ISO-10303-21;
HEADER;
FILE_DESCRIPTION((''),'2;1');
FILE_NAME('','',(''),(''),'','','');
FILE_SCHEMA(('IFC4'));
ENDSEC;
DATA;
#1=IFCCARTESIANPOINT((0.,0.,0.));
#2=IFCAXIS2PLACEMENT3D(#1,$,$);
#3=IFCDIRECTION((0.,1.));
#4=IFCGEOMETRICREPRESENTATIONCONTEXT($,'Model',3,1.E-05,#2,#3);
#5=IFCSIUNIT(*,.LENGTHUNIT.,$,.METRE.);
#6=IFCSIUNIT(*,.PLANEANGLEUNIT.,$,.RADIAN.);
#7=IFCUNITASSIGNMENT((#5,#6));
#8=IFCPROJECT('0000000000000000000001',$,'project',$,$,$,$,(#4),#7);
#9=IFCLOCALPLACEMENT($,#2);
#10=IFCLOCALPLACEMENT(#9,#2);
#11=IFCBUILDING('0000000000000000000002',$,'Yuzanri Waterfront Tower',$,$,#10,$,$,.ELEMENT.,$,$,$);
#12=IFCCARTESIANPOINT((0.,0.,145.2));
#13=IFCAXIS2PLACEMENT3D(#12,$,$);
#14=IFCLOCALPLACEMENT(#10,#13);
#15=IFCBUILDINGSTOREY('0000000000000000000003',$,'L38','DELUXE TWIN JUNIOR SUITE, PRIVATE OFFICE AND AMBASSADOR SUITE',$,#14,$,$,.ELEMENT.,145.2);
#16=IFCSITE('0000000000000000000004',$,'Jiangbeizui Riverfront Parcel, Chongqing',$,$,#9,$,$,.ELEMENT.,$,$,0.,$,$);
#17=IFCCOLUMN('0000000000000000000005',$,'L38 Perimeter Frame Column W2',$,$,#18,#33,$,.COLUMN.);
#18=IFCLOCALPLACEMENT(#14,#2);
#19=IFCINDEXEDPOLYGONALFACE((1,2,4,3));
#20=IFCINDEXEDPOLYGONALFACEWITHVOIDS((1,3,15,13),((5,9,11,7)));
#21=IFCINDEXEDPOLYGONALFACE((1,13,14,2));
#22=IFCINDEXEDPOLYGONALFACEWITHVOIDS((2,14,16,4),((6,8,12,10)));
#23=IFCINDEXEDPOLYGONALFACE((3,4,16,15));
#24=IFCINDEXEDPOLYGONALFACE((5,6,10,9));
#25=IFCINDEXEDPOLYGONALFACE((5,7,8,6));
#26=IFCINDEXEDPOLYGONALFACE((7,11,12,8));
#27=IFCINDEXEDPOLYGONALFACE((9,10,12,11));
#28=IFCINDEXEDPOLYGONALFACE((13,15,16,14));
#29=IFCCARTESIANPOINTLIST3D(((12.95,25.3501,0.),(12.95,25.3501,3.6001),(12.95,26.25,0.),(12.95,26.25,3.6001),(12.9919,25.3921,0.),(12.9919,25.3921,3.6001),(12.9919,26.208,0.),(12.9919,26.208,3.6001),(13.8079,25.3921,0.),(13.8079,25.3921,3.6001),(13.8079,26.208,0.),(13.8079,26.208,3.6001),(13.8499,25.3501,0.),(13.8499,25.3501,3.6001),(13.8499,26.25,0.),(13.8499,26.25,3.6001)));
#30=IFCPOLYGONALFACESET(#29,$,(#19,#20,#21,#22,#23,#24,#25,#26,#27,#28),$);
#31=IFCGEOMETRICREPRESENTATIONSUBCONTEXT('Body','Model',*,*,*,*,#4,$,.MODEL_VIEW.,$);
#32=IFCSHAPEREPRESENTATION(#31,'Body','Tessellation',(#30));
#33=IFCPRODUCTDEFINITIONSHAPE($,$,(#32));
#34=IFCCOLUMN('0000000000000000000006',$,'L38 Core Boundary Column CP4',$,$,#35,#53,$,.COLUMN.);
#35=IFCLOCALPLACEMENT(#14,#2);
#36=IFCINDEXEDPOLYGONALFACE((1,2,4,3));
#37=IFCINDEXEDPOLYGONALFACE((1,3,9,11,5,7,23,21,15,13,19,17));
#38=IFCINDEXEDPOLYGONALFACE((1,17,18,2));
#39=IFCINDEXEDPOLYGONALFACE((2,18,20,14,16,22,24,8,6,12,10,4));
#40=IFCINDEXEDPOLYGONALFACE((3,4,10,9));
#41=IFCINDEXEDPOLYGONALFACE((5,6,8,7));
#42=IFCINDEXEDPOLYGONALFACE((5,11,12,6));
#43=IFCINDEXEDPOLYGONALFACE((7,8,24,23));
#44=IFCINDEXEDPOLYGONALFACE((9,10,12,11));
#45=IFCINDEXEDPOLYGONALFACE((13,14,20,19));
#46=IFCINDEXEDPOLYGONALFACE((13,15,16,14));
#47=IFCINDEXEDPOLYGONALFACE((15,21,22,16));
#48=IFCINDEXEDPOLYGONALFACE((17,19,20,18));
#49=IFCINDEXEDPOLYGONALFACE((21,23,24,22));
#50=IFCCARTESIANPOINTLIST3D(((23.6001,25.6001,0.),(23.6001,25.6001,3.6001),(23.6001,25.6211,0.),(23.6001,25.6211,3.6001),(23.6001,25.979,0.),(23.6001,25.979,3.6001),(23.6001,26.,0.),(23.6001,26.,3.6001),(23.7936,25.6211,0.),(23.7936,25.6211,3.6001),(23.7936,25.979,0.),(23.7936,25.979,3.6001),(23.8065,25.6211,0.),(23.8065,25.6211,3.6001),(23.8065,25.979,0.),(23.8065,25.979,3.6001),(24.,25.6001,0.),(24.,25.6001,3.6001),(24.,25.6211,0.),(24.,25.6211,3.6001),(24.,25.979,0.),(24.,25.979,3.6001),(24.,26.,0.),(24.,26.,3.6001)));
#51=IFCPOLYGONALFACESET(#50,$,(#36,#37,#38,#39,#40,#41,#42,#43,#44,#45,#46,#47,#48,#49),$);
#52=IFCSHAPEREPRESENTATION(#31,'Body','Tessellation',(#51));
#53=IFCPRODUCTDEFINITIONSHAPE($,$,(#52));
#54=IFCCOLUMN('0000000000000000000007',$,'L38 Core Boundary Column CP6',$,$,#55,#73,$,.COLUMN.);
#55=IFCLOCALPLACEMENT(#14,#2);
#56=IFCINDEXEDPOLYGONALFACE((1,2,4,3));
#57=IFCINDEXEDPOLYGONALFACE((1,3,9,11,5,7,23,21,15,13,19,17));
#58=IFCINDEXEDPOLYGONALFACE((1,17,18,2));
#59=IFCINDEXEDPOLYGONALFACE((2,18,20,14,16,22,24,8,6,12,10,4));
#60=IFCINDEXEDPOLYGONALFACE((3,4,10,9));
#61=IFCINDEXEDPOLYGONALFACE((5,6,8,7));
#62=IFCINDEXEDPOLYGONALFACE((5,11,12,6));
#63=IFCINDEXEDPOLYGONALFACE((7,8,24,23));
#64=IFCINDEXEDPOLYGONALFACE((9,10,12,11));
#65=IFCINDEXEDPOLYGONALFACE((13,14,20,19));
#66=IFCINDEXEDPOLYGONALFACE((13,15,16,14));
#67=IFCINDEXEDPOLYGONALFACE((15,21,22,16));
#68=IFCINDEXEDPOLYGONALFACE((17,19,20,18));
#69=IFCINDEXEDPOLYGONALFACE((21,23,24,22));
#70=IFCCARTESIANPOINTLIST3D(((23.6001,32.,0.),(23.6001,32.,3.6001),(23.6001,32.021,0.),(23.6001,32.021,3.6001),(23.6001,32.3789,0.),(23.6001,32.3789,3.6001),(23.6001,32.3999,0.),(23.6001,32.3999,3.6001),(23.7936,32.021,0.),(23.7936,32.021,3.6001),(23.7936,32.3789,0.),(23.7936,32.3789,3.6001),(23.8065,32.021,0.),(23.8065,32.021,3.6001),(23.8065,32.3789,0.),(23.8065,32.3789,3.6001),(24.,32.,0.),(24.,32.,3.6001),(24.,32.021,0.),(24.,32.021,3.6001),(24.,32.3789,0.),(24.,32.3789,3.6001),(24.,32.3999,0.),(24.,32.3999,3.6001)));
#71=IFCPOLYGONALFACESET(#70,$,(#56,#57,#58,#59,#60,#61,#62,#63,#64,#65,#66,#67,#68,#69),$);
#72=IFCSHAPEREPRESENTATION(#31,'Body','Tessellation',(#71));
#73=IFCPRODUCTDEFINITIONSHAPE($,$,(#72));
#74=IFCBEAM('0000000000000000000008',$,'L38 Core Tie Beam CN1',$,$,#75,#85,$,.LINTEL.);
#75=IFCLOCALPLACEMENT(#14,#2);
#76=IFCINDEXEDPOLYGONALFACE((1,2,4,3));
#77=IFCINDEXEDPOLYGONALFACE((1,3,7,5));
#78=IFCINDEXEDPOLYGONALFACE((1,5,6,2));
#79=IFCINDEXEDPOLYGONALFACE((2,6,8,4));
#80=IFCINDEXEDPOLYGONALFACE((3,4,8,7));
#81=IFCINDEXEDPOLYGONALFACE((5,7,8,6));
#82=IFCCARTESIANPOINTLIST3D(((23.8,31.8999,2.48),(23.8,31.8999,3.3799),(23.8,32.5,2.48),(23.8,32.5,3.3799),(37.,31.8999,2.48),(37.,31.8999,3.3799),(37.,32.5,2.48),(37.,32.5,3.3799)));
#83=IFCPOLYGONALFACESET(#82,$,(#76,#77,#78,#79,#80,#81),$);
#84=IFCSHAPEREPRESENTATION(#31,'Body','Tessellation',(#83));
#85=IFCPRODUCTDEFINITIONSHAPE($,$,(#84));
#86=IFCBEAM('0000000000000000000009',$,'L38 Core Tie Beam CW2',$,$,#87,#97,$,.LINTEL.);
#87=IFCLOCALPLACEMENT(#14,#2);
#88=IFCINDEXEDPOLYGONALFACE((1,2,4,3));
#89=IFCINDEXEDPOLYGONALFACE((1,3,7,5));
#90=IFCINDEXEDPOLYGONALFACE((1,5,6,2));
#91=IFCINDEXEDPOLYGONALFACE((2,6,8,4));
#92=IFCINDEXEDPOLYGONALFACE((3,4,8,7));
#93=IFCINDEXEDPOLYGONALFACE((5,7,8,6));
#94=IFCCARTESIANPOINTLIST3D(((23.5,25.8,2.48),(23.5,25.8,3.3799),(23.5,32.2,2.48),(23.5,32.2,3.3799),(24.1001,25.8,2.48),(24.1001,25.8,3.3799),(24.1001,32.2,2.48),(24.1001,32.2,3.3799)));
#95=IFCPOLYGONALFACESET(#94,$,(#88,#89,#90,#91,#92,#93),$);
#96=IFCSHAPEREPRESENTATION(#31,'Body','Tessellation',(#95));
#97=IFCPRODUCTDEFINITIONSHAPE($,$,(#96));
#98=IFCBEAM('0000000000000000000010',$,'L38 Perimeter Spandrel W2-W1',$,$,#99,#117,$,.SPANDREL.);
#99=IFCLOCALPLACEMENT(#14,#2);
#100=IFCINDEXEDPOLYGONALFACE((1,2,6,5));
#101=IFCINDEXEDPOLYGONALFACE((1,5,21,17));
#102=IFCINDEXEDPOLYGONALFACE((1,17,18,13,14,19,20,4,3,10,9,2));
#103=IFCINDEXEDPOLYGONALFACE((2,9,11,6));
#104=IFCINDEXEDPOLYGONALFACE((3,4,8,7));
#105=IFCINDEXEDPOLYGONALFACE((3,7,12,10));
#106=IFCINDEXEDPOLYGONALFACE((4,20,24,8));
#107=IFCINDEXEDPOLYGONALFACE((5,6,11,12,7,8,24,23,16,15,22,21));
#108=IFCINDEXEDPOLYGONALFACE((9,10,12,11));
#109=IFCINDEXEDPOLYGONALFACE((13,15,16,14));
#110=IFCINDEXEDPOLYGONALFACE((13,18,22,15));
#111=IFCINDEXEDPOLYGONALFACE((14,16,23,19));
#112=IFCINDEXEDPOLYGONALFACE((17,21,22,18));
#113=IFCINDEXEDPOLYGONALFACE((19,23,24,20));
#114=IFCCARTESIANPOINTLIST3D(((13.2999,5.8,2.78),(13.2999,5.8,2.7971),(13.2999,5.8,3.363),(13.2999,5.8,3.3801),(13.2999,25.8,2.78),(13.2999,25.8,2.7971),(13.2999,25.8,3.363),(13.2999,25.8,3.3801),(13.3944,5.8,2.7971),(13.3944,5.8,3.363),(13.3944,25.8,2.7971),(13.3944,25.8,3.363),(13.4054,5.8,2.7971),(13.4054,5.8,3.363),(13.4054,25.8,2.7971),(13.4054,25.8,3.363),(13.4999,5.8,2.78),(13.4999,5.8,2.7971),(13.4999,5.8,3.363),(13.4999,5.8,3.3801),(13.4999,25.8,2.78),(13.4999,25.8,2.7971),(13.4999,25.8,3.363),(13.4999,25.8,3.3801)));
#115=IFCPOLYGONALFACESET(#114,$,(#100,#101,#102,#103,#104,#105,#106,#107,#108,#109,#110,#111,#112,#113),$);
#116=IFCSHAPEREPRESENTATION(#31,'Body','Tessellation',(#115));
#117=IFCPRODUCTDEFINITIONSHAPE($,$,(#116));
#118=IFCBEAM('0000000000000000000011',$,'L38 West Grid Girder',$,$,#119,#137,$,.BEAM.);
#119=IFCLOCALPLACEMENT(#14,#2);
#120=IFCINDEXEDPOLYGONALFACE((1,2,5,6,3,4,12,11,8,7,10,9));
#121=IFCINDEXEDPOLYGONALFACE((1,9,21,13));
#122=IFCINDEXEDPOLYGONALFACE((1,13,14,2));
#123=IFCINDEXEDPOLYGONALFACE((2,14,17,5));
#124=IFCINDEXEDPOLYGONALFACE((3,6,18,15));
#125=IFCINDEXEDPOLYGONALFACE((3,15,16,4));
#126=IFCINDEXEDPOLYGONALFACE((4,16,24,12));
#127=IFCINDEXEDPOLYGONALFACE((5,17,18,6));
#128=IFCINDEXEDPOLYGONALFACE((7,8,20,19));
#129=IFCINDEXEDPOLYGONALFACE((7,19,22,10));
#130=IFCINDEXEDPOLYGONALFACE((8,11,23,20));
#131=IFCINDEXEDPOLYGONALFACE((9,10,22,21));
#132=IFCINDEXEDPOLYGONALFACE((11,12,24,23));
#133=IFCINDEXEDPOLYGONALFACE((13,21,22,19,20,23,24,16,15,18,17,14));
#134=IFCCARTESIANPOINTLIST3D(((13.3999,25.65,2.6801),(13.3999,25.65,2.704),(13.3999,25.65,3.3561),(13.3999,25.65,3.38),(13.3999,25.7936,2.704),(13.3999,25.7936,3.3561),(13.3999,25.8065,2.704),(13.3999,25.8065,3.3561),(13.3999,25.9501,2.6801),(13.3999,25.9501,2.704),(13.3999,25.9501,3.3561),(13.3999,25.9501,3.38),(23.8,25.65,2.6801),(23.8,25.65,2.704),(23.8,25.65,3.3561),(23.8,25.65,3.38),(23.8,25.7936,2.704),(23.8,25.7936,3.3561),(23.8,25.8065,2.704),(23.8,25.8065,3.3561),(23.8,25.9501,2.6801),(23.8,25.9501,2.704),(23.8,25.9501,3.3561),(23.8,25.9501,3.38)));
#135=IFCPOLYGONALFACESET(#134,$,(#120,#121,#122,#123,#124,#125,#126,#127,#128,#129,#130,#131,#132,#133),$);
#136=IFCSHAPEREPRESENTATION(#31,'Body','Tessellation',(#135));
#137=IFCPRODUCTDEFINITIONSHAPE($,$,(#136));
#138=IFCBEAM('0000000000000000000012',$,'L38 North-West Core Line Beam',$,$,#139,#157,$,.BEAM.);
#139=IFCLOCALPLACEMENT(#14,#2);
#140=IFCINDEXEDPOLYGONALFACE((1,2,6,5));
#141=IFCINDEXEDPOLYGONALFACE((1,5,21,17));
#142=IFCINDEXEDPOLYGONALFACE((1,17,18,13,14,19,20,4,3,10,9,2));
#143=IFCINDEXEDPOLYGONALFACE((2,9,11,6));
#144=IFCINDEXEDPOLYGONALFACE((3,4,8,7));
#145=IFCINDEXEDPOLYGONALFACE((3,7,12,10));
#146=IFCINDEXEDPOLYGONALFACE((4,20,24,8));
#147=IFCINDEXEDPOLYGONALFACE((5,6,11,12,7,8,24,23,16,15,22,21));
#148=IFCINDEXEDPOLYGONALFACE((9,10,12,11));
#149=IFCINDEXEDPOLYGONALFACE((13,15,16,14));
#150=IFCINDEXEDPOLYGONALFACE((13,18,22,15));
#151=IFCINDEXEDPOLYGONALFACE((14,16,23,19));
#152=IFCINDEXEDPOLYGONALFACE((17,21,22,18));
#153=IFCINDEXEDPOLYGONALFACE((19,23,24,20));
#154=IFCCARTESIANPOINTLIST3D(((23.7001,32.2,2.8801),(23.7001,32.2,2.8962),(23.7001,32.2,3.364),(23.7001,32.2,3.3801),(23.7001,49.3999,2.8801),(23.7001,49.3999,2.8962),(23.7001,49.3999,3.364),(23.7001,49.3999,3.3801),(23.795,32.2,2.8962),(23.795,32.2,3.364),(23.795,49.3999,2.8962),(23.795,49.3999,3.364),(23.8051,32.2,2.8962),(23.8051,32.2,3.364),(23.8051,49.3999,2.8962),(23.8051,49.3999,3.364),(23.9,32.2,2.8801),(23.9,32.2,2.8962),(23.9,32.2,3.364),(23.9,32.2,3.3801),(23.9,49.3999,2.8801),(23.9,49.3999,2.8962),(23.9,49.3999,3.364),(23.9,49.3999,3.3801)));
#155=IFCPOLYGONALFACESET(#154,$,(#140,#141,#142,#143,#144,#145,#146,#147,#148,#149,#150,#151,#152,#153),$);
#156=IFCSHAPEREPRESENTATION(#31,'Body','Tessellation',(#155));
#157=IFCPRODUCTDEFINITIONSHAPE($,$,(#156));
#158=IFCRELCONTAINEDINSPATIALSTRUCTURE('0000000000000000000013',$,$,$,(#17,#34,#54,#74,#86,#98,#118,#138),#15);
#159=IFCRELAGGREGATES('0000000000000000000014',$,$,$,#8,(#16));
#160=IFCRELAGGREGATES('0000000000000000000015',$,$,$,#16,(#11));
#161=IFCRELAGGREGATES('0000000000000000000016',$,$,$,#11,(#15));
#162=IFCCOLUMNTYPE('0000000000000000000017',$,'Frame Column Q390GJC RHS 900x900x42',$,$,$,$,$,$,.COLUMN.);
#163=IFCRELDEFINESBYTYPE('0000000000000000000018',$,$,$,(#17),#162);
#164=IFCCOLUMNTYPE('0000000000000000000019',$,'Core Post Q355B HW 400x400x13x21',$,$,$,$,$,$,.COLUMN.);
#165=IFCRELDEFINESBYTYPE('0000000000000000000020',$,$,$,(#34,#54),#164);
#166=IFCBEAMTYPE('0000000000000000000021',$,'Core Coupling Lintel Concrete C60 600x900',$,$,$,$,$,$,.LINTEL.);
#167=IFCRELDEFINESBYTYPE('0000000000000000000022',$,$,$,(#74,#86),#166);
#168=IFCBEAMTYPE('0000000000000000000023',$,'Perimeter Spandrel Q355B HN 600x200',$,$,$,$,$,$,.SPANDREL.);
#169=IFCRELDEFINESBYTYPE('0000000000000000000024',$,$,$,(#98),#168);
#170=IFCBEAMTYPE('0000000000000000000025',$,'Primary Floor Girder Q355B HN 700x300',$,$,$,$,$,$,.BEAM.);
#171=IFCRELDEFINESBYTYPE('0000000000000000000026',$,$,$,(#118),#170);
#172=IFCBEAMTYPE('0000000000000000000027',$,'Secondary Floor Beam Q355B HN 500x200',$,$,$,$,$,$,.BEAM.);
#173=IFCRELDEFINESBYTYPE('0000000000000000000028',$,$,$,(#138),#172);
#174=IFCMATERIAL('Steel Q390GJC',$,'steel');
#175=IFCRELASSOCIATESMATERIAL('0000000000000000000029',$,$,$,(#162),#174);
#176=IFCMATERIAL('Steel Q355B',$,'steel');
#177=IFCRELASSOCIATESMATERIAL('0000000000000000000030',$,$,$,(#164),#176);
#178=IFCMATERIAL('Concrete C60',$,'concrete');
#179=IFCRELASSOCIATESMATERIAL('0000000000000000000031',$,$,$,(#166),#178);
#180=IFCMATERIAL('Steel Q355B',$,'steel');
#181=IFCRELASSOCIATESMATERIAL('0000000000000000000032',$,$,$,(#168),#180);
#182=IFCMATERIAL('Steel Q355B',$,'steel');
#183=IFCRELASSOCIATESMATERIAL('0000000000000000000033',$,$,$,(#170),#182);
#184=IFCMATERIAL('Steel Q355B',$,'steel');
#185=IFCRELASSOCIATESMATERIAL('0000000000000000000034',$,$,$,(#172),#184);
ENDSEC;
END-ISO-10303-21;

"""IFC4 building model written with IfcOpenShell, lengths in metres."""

from ifc_helpers import new_model, si_unit, direction, frame, origin, origin_2d, place, context, subcontext, project, spatial, rectangle, hollow_rectangle, i_section, extrude, source, transform, mapped, material, material_profile, profile_set, type_object, element, save


model = new_model("IFC4")

# Units and contexts
model_context = context("Model", 3, precision=1e-05, world=origin(), true_north=direction((0.0, 1.0)))
body_context = subcontext(model_context, "Body", "Model", "MODEL_VIEW")
ifc_project = project(units=[si_unit("LENGTHUNIT", "METRE"), si_unit("PLANEANGLEUNIT", "RADIAN")], contexts=[model_context])

# Site, building, storey
site_placement = place(None, origin())
site = spatial("IfcSite", under=ifc_project, at=site_placement, Name="Jiangbeizui Riverfront Parcel, Chongqing", CompositionType="ELEMENT", RefElevation=0.0)
building_placement = place(site_placement, origin())
building = spatial("IfcBuilding", under=site, at=building_placement, Name="Yuzanri Waterfront Tower", CompositionType="ELEMENT")
storey_placement = place(building_placement, frame((0.0, 0.0, 145.2)))
storey = spatial("IfcBuildingStorey", under=building, at=storey_placement, Name="L38", Description="DELUXE TWIN JUNIOR SUITE, PRIVATE OFFICE AND AMBASSADOR SUITE", CompositionType="ELEMENT", Elevation=145.2)

# Columns
ifc_material_1 = material(Name="Steel Q390GJC", Category="steel")
ifc_material_profile_1 = material_profile(ifc_material_1, hollow_rectangle(XDim=0.8999, YDim=0.8999, WallThickness=0.042, at=origin_2d()), Name="RHS 900x900x42")
ifc_profile_set_1 = profile_set([ifc_material_profile_1], Name="Steel Q390GJC")
column_type_1 = type_object("IfcColumnType", Name="Frame Column Q390GJC RHS 900x900x42", PredefinedType="COLUMN", material=ifc_profile_set_1)
shared_shape_1 = source(origin(), body_context, "Body", "SweptSolid", [
    extrude(hollow_rectangle(XDim=0.8999, YDim=0.8999, WallThickness=0.042, at=origin_2d()), origin(), (0.0, 0.0, 1.0), 3.6001),
])
column_placement = place(storey_placement, frame((13.3999, 25.8, 0.0), z_axis=(0.0, 0.0, 1.0), x_axis=(1.0, 0.0, 0.0)))
element("IfcColumn", 1, at=column_placement, inside=storey, type_object=column_type_1, Name="L38 Perimeter Frame Column W2", PredefinedType="COLUMN", context=body_context, shape_type="MappedRepresentation", body=[
    mapped(shared_shape_1, transform((0.0, 0.0, 0.0), scale=1.0)),
])
ifc_material_2 = material(Name="Steel Q355B", Category="steel")
ifc_material_profile_2 = material_profile(ifc_material_2, i_section(OverallWidth=0.3999, OverallDepth=0.3999, WebThickness=0.0129, FlangeThickness=0.021, at=origin_2d()), Name="HW 400x400x13x21")
ifc_profile_set_2 = profile_set([ifc_material_profile_2], Name="Steel Q355B")
column_type_2 = type_object("IfcColumnType", Name="Core Post Q355B HW 400x400x13x21", PredefinedType="COLUMN", material=ifc_profile_set_2)
shared_shape_2 = source(origin(), body_context, "Body", "SweptSolid", [
    extrude(i_section(OverallWidth=0.3999, OverallDepth=0.3999, WebThickness=0.0129, FlangeThickness=0.021, at=origin_2d()), origin(), (0.0, 0.0, 1.0), 3.6001),
])
for number, where, z_axis, x_axis, name in (
    (2, (23.8, 25.8, 0.0), (0.0, 0.0, 1.0), (1.0, 0.0, 0.0), "L38 Core Boundary Column CP4"),
    (3, (23.8, 32.2, 0.0), (0.0, 0.0, 1.0), (1.0, 0.0, 0.0), "L38 Core Boundary Column CP6"),
):
    element("IfcColumn", number, at=place(storey_placement, frame(where, z_axis=z_axis, x_axis=x_axis)), inside=storey, type_object=column_type_2, Name=name, PredefinedType="COLUMN", context=body_context, shape_type="MappedRepresentation", body=[
        mapped(shared_shape_2, transform((0.0, 0.0, 0.0), scale=1.0)),
    ])

# Beams
ifc_material_3 = material(Name="Concrete C60", Category="concrete")
ifc_material_profile_3 = material_profile(ifc_material_3, rectangle(XDim=0.6001, YDim=0.8999, at=origin_2d()), Name="RC 600x900")
ifc_profile_set_3 = profile_set([ifc_material_profile_3], Name="Concrete C60")
beam_type_1 = type_object("IfcBeamType", Name="Core Coupling Lintel Concrete C60 600x900", PredefinedType="LINTEL", material=ifc_profile_set_3)
shared_shape_3 = source(origin(), body_context, "Body", "SweptSolid", [
    extrude(rectangle(XDim=0.6001, YDim=0.8999, at=origin_2d()), origin(), (0.0, 0.0, 1.0), 13.2),
])
beam_1_placement = place(storey_placement, frame((23.8, 32.2, 2.9299), z_axis=(1.0, 0.0, 0.0), x_axis=(0.0, 1.0, 0.0)))
element("IfcBeam", 4, at=beam_1_placement, inside=storey, type_object=beam_type_1, Name="L38 Core Tie Beam CN1", PredefinedType="LINTEL", context=body_context, shape_type="MappedRepresentation", body=[
    mapped(shared_shape_3, transform((0.0, 0.0, 0.0), scale=1.0)),
])
shared_shape_4 = source(origin(), body_context, "Body", "SweptSolid", [
    extrude(rectangle(XDim=0.6001, YDim=0.8999, at=origin_2d()), origin(), (0.0, 0.0, 1.0), 6.3999),
])
beam_2_placement = place(storey_placement, frame((23.8, 25.8, 2.9299), z_axis=(0.0, 1.0, 0.0), x_axis=(-1.0, 0.0, 0.0)))
element("IfcBeam", 5, at=beam_2_placement, inside=storey, type_object=beam_type_1, Name="L38 Core Tie Beam CW2", PredefinedType="LINTEL", context=body_context, shape_type="MappedRepresentation", body=[
    mapped(shared_shape_4, transform((0.0, 0.0, 0.0), scale=1.0)),
])
ifc_material_4 = material(Name="Steel Q355B", Category="steel")
ifc_material_profile_4 = material_profile(ifc_material_4, i_section(OverallWidth=0.2, OverallDepth=0.6001, WebThickness=0.011, FlangeThickness=0.0171, at=origin_2d()), Name="HN 600x200x11x17")
ifc_profile_set_4 = profile_set([ifc_material_profile_4], Name="Steel Q355B")
beam_type_2 = type_object("IfcBeamType", Name="Perimeter Spandrel Q355B HN 600x200", PredefinedType="SPANDREL", material=ifc_profile_set_4)
shared_shape_5 = source(origin(), body_context, "Body", "SweptSolid", [
    extrude(i_section(OverallWidth=0.2, OverallDepth=0.6001, WebThickness=0.011, FlangeThickness=0.0171, at=origin_2d()), origin(), (0.0, 0.0, 1.0), 20.0),
])
beam_3_placement = place(storey_placement, frame((13.3999, 25.8, 3.0801), z_axis=(0.0, -1.0, 0.0), x_axis=(1.0, 0.0, 0.0)))
element("IfcBeam", 6, at=beam_3_placement, inside=storey, type_object=beam_type_2, Name="L38 Perimeter Spandrel W2-W1", PredefinedType="SPANDREL", context=body_context, shape_type="MappedRepresentation", body=[
    mapped(shared_shape_5, transform((0.0, 0.0, 0.0), scale=1.0)),
])
ifc_material_5 = material(Name="Steel Q355B", Category="steel")
ifc_material_profile_5 = material_profile(ifc_material_5, i_section(OverallWidth=0.3, OverallDepth=0.7, WebThickness=0.0129, FlangeThickness=0.0239, at=origin_2d()), Name="HN 700x300x13x24")
ifc_profile_set_5 = profile_set([ifc_material_profile_5], Name="Steel Q355B")
beam_type_3 = type_object("IfcBeamType", Name="Primary Floor Girder Q355B HN 700x300", PredefinedType="BEAM", material=ifc_profile_set_5)
shared_shape_6 = source(origin(), body_context, "Body", "SweptSolid", [
    extrude(i_section(OverallWidth=0.3, OverallDepth=0.7, WebThickness=0.0129, FlangeThickness=0.0239, at=origin_2d()), origin(), (0.0, 0.0, 1.0), 10.4001),
])
beam_4_placement = place(storey_placement, frame((23.8, 25.8, 3.03), z_axis=(-1.0, 0.0, 0.0), x_axis=(0.0, -1.0, 0.0)))
element("IfcBeam", 7, at=beam_4_placement, inside=storey, type_object=beam_type_3, Name="L38 West Grid Girder", PredefinedType="BEAM", context=body_context, shape_type="MappedRepresentation", body=[
    mapped(shared_shape_6, transform((0.0, 0.0, 0.0), scale=1.0)),
])
ifc_material_6 = material(Name="Steel Q355B", Category="steel")
ifc_material_profile_6 = material_profile(ifc_material_6, i_section(OverallWidth=0.2, OverallDepth=0.5, WebThickness=0.01, FlangeThickness=0.0161, at=origin_2d()), Name="HN 500x200x10x16")
ifc_profile_set_6 = profile_set([ifc_material_profile_6], Name="Steel Q355B")
beam_type_4 = type_object("IfcBeamType", Name="Secondary Floor Beam Q355B HN 500x200", PredefinedType="BEAM", material=ifc_profile_set_6)
shared_shape_7 = source(origin(), body_context, "Body", "SweptSolid", [
    extrude(i_section(OverallWidth=0.2, OverallDepth=0.5, WebThickness=0.01, FlangeThickness=0.0161, at=origin_2d()), origin(), (0.0, 0.0, 1.0), 17.2),
])
beam_5_placement = place(storey_placement, frame((23.8, 32.2, 3.1301), z_axis=(0.0, 1.0, 0.0), x_axis=(-1.0, 0.0, 0.0)))
element("IfcBeam", 8, at=beam_5_placement, inside=storey, type_object=beam_type_4, Name="L38 North-West Core Line Beam", PredefinedType="BEAM", context=body_context, shape_type="MappedRepresentation", body=[
    mapped(shared_shape_7, transform((0.0, 0.0, 0.0), scale=1.0)),
])

save(model, "model.ifc")
